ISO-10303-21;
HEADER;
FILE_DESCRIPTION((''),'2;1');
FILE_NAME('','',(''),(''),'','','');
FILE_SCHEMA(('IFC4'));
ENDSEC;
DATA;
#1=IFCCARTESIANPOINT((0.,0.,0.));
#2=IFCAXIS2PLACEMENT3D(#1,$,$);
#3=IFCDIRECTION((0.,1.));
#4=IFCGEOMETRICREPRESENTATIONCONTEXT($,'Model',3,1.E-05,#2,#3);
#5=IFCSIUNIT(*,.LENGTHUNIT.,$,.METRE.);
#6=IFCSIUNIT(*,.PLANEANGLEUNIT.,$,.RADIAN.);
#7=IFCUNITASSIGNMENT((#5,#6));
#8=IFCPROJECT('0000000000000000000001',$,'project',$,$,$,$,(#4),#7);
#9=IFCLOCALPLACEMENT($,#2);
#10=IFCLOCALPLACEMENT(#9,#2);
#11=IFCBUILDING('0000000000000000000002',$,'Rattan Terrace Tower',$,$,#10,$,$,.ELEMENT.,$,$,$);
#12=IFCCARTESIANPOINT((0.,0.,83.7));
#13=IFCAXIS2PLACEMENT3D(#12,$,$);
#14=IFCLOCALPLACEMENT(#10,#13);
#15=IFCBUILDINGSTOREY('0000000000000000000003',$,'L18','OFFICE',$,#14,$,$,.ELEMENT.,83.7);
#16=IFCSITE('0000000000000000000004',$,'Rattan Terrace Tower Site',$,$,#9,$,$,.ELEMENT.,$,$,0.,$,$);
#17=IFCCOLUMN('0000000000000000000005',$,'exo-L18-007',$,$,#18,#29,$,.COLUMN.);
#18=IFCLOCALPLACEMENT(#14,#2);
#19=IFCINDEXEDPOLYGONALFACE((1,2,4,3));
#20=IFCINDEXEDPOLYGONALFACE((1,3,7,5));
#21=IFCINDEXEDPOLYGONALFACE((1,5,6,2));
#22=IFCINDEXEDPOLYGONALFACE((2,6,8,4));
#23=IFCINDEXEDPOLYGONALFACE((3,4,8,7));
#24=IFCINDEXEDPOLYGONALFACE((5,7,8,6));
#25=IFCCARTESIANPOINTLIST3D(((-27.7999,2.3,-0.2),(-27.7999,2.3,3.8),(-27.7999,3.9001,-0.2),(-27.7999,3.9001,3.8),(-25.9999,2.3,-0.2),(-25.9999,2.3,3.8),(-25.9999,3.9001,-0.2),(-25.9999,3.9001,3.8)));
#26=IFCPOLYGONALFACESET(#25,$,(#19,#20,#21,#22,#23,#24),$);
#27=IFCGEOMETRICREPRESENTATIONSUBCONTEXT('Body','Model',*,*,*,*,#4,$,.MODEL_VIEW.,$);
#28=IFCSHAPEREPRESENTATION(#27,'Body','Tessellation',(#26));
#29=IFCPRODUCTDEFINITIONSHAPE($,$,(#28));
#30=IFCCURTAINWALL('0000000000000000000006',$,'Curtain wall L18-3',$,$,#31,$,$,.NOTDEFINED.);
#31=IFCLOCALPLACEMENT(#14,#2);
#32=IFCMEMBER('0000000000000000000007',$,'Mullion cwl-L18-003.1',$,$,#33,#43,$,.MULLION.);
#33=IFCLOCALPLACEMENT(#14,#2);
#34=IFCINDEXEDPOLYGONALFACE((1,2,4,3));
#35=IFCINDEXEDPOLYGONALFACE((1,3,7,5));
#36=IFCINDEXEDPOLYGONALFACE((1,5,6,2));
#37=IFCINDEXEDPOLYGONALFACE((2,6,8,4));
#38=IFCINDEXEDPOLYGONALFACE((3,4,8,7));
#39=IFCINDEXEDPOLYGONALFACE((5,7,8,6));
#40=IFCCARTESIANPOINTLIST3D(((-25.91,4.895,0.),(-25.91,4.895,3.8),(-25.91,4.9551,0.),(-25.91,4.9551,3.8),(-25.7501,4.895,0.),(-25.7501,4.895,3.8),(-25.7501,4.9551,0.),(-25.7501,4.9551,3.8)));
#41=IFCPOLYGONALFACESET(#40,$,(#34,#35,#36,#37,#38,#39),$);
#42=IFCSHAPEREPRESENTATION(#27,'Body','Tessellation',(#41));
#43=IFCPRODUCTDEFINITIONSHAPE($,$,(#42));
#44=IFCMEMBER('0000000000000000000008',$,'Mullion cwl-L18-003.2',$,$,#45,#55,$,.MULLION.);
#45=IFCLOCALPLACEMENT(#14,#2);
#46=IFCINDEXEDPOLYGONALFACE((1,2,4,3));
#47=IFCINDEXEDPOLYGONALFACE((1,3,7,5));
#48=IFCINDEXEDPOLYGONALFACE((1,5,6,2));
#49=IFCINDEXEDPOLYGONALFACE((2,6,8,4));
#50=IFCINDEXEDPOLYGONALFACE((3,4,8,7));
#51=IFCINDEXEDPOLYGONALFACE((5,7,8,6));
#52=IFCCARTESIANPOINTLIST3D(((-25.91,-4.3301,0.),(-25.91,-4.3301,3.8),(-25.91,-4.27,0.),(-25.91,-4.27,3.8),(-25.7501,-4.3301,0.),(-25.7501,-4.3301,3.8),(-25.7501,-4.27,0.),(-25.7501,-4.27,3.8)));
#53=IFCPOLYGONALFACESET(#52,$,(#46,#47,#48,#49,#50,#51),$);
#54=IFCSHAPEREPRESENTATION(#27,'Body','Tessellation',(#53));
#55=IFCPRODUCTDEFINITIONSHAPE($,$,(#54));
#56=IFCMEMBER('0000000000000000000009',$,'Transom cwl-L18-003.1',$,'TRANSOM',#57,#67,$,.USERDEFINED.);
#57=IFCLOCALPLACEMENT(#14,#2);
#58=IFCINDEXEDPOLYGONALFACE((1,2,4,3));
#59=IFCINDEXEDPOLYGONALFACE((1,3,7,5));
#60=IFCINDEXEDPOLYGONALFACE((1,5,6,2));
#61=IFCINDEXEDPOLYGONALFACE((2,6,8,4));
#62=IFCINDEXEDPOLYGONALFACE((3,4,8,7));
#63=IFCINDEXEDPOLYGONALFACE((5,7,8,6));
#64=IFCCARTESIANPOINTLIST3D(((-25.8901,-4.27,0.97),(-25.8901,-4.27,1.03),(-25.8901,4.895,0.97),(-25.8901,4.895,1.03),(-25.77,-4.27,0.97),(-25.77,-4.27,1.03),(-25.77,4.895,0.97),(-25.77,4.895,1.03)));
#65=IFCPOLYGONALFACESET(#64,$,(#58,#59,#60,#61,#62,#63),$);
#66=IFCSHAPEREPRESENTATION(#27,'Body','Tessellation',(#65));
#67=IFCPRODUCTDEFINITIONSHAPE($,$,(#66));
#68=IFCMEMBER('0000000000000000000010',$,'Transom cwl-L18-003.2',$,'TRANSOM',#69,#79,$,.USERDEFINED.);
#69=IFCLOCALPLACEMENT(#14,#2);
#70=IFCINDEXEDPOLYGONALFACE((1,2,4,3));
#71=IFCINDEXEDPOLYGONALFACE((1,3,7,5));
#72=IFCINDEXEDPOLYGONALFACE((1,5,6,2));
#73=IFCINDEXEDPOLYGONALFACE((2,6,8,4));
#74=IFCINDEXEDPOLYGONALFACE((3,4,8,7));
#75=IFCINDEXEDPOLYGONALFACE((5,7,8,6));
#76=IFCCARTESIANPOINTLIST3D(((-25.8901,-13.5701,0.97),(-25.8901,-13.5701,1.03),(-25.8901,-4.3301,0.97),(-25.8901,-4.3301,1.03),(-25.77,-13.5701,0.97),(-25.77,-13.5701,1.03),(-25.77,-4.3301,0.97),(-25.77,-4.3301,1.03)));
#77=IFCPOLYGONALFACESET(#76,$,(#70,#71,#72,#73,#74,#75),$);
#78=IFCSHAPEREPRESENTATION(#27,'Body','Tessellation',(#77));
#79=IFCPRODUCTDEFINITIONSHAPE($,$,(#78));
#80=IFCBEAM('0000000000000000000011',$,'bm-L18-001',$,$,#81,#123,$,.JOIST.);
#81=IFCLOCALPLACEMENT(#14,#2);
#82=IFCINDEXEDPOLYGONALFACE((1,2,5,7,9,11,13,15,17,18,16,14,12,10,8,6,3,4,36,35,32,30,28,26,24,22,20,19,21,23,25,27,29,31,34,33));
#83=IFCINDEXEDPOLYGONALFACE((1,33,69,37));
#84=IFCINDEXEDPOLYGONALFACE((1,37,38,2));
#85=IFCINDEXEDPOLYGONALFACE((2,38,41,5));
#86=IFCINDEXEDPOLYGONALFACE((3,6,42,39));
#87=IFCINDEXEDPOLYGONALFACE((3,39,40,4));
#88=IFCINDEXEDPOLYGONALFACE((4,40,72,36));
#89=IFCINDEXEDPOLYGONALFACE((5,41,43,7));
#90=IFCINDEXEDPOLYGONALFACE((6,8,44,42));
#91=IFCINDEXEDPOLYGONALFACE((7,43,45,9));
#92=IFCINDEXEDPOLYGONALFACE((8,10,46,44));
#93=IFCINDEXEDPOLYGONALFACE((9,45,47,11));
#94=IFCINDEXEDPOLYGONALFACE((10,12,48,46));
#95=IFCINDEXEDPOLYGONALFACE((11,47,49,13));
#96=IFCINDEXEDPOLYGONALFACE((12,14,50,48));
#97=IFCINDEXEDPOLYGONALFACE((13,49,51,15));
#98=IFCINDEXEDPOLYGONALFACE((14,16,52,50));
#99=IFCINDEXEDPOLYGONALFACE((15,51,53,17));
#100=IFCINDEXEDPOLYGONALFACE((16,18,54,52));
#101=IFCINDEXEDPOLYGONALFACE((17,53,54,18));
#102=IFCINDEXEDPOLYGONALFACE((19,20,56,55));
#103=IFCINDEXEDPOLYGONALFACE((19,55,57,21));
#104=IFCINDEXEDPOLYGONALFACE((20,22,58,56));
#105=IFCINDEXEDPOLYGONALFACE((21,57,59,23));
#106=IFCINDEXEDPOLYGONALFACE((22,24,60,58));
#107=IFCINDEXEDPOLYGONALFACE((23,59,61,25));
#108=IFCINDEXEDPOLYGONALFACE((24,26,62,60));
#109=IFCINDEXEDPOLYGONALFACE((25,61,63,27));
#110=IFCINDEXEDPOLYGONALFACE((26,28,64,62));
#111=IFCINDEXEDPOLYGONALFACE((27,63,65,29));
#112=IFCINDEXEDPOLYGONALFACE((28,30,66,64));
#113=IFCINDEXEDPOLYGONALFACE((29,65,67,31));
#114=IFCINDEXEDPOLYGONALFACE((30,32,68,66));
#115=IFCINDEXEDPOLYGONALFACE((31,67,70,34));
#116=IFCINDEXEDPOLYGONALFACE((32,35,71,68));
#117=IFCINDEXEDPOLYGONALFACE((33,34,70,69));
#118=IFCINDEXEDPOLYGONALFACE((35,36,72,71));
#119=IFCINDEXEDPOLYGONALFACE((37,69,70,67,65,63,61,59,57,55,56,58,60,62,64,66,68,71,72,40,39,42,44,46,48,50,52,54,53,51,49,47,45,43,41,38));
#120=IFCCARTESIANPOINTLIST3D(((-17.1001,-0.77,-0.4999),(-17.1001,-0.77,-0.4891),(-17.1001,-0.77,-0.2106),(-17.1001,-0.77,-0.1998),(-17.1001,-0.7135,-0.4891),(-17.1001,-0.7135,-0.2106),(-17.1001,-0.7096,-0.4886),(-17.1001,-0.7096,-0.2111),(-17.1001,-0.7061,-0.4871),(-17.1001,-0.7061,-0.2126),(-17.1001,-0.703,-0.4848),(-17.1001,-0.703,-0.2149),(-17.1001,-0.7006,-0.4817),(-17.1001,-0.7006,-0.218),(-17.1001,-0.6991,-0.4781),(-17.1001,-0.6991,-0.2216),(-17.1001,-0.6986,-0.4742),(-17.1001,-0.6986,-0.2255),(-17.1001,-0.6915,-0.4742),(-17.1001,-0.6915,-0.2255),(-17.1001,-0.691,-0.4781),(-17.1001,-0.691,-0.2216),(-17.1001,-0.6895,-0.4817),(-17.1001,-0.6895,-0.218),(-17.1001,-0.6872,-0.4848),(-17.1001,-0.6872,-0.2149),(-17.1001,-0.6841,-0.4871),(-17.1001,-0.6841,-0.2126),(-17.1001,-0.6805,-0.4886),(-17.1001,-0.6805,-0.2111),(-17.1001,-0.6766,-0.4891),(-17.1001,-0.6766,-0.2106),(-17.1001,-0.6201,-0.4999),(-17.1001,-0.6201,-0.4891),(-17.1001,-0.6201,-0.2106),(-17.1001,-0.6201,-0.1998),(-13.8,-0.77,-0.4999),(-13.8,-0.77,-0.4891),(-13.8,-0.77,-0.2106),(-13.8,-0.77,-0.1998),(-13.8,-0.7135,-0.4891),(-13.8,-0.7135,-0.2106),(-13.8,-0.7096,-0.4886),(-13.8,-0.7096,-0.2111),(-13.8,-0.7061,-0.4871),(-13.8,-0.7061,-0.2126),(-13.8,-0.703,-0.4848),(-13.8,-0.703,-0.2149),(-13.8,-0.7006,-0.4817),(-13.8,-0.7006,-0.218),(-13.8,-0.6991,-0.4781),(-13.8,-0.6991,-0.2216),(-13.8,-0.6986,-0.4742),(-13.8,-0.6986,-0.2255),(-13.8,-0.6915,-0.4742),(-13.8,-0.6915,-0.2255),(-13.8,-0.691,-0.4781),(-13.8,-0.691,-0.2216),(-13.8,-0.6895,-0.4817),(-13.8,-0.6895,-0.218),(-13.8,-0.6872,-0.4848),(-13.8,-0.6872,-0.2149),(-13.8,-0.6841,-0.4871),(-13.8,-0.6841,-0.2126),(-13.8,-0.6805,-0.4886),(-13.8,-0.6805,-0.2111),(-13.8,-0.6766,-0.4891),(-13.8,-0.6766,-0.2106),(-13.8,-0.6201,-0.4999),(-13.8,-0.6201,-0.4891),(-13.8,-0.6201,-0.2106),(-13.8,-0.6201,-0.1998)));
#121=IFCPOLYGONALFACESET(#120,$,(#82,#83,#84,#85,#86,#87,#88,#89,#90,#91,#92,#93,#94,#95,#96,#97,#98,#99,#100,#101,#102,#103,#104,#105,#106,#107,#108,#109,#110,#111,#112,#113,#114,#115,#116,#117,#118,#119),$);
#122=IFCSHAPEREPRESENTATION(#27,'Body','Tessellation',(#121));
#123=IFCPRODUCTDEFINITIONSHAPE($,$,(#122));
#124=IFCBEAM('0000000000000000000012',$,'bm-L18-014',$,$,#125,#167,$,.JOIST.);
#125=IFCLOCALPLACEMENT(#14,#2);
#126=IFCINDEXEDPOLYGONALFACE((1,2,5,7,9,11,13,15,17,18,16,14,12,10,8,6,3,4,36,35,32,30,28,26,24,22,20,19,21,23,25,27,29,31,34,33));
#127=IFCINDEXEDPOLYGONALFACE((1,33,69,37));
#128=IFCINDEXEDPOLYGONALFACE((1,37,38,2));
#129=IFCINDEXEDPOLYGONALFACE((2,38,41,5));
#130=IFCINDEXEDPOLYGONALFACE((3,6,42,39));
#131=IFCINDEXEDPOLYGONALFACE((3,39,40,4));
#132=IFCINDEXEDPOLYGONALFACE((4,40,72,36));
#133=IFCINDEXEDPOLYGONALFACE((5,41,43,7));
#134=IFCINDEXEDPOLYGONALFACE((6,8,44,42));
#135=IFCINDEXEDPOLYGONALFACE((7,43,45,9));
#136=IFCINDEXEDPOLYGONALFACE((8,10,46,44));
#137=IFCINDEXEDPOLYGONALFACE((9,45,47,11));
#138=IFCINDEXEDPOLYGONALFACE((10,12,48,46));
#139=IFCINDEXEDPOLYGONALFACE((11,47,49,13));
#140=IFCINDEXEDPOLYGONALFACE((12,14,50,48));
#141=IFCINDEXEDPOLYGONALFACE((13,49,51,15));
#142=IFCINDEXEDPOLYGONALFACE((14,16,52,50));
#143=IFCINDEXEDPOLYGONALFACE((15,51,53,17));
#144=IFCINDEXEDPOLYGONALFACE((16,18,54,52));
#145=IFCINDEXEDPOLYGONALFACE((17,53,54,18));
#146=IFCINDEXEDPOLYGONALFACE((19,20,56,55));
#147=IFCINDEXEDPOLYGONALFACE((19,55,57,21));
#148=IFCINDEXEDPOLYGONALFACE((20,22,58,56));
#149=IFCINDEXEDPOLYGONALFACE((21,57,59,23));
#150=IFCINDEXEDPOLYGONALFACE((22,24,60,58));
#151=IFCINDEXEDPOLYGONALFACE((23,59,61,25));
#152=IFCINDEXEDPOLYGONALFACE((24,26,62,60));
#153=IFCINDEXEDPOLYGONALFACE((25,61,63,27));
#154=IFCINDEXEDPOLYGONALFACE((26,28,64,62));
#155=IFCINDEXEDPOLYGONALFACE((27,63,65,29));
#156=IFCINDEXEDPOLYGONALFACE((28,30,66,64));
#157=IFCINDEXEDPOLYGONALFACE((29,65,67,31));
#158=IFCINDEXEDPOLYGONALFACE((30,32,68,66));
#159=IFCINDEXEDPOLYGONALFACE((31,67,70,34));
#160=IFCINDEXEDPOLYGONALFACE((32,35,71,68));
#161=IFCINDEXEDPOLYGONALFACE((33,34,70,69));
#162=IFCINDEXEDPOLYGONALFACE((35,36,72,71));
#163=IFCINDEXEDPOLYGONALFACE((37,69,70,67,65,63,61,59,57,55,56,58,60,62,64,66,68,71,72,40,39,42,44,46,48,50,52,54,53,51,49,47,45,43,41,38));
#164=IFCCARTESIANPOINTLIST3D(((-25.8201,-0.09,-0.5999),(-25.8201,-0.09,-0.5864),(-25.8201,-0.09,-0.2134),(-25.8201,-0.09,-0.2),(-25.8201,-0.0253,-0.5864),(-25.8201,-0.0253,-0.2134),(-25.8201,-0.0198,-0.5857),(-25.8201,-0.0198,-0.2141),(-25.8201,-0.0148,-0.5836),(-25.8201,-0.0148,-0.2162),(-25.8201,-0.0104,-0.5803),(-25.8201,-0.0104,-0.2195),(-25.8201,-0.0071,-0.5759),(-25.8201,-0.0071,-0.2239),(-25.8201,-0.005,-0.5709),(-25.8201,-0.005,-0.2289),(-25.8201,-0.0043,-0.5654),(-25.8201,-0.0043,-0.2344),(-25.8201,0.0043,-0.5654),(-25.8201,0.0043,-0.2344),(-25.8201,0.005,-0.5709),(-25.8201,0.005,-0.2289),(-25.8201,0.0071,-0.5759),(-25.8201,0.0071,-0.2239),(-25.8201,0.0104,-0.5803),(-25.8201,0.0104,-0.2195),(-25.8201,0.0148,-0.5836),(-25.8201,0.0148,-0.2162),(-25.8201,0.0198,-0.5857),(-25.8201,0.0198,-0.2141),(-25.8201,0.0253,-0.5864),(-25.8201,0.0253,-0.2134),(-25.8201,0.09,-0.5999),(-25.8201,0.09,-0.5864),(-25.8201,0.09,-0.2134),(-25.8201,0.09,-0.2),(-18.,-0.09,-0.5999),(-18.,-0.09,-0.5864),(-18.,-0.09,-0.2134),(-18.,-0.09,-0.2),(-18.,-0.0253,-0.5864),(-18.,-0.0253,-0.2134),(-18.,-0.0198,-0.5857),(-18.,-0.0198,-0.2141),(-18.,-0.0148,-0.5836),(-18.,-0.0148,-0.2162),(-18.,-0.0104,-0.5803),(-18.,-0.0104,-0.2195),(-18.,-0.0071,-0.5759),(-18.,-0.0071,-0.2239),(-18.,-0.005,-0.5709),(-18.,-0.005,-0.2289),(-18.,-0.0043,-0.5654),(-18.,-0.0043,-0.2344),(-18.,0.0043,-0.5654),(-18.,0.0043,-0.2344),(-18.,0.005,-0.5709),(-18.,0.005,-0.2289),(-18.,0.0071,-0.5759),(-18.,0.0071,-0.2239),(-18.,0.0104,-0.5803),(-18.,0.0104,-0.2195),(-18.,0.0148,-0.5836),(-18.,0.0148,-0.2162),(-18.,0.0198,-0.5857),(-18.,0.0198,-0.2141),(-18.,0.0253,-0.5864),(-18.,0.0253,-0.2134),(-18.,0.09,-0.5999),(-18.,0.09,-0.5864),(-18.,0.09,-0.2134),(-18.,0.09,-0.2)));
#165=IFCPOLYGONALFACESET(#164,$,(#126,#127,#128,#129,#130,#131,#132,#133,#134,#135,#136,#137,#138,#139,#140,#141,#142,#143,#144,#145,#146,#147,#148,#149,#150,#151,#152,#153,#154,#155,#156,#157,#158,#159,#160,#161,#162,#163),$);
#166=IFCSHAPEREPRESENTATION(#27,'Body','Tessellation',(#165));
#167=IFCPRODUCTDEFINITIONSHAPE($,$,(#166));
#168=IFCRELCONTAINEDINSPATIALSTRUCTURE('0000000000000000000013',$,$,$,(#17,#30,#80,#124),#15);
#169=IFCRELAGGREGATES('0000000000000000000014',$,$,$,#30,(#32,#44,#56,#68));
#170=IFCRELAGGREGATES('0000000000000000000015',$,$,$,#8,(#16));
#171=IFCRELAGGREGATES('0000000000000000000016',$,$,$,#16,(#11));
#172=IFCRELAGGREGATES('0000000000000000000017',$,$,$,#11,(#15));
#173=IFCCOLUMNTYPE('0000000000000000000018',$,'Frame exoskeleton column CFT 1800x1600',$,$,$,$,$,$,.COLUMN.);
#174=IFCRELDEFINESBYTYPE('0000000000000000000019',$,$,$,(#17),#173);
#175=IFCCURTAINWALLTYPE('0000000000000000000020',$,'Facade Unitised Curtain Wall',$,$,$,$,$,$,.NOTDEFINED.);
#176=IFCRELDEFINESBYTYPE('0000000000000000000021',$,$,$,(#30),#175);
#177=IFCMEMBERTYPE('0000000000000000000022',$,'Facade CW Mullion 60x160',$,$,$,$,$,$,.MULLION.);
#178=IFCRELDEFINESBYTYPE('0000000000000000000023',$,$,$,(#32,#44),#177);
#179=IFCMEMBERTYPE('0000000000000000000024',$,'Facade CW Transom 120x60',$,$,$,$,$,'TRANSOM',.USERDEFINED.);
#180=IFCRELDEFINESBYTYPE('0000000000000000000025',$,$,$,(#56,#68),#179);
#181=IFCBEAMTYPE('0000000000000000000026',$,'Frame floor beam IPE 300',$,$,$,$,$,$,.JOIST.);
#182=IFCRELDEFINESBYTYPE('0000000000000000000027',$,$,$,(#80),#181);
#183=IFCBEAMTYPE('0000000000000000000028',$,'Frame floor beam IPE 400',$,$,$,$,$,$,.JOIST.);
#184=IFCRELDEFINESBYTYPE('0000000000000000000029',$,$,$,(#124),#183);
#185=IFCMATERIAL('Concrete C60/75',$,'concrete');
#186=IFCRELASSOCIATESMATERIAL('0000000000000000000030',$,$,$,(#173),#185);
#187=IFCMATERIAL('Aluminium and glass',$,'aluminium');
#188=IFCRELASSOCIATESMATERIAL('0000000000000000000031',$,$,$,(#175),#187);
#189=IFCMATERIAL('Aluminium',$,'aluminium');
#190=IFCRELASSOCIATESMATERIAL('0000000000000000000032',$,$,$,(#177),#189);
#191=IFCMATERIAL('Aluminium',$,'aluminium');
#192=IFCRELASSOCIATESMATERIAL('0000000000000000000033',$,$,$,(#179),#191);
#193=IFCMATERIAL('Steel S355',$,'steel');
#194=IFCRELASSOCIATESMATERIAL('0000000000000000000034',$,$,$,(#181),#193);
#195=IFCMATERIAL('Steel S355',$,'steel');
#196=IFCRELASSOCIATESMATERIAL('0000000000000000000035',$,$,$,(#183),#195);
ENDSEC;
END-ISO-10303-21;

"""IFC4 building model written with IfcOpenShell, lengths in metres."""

from ifc_helpers import new_model, si_unit, direction, frame, origin, origin_2d, place, context, subcontext, project, spatial, rectangle, i_section, extrude, material, material_profile, profile_set, type_object, element, aggregate, save


model = new_model("IFC4")

# Units and contexts
model_context = context("Model", 3, precision=1e-05, world=origin(), true_north=direction((0.0, 1.0)))
body_context = subcontext(model_context, "Body", "Model", "MODEL_VIEW")
ifc_project = project(units=[si_unit("LENGTHUNIT", "METRE"), si_unit("PLANEANGLEUNIT", "RADIAN")], contexts=[model_context])

# Site, building, storey
site_placement = place(None, origin())
site = spatial("IfcSite", under=ifc_project, at=site_placement, Name="Rattan Terrace Tower Site", CompositionType="ELEMENT", RefElevation=0.0)
building_placement = place(site_placement, origin())
building = spatial("IfcBuilding", under=site, at=building_placement, Name="Rattan Terrace Tower", CompositionType="ELEMENT")
storey_placement = place(building_placement, frame((0.0, 0.0, 83.7)))
storey = spatial("IfcBuildingStorey", under=building, at=storey_placement, Name="L18", Description="OFFICE", CompositionType="ELEMENT", Elevation=83.7)

# Column
ifc_material_1 = material(Name="Concrete C60/75", Category="concrete")
ifc_material_profile_1 = material_profile(ifc_material_1, rectangle(XDim=1.6001, YDim=1.8, at=origin_2d()), Name="CFT 1800x1600")
ifc_profile_set_1 = profile_set([ifc_material_profile_1], Name="Concrete C60/75")
column_type = type_object("IfcColumnType", Name="Frame exoskeleton column CFT 1800x1600", PredefinedType="COLUMN", material=ifc_profile_set_1)
column_placement = place(storey_placement, frame((-26.8999, 3.1001, -0.2), z_axis=(0.0, 0.0, 1.0), x_axis=(0.0, 1.0, 0.0)))
element("IfcColumn", 1, at=column_placement, inside=storey, type_object=column_type, Name="exo-L18-007", PredefinedType="COLUMN", context=body_context, shape_type="SweptSolid", body=[
    extrude(rectangle(XDim=1.6001, YDim=1.8, at=origin_2d()), origin(), (0.0, 0.0, 1.0), 4.0),
])

# Curtain wall, members
ifc_material_2 = material(Name="Aluminium and glass", Category="aluminium")
curtain_wall_type = type_object("IfcCurtainWallType", Name="Facade Unitised Curtain Wall", PredefinedType="NOTDEFINED", material=ifc_material_2)
curtain_wall_placement = place(storey_placement, origin())
curtain_wall = element("IfcCurtainWall", 2, at=curtain_wall_placement, inside=storey, type_object=curtain_wall_type, Name="Curtain wall L18-3", PredefinedType="NOTDEFINED")
ifc_material_3 = material(Name="Aluminium", Category="aluminium")
ifc_material_profile_2 = material_profile(ifc_material_3, rectangle(XDim=0.0601, YDim=0.1599, at=origin_2d()), Name="Aluminium 60x160")
ifc_profile_set_2 = profile_set([ifc_material_profile_2], Name="Aluminium")
member_type_1 = type_object("IfcMemberType", Name="Facade CW Mullion 60x160", PredefinedType="MULLION", material=ifc_profile_set_2)
member_1_placement = place(storey_placement, frame((-25.8301, 4.925, 0.0), z_axis=(0.0, 0.0, 1.0), x_axis=(0.0, -1.0, 0.0)))
member_1 = element("IfcMember", 3, at=member_1_placement, type_object=member_type_1, Name="Mullion cwl-L18-003.1", PredefinedType="MULLION", context=body_context, shape_type="SweptSolid", body=[
    extrude(rectangle(XDim=0.0601, YDim=0.1599, at=origin_2d()), origin(), (0.0, 0.0, 1.0), 3.8),
])
member_2_placement = place(storey_placement, frame((-25.8301, -4.3, 0.0), z_axis=(0.0, 0.0, 1.0), x_axis=(0.0, -1.0, 0.0)))
member_2 = element("IfcMember", 4, at=member_2_placement, type_object=member_type_1, Name="Mullion cwl-L18-003.2", PredefinedType="MULLION", context=body_context, shape_type="SweptSolid", body=[
    extrude(rectangle(XDim=0.0601, YDim=0.1599, at=origin_2d()), origin(), (0.0, 0.0, 1.0), 3.8),
])
ifc_material_4 = material(Name="Aluminium", Category="aluminium")
ifc_material_profile_3 = material_profile(ifc_material_4, rectangle(XDim=0.1201, YDim=0.0601, at=origin_2d()), Name="Aluminium 120x60")
ifc_profile_set_3 = profile_set([ifc_material_profile_3], Name="Aluminium")
member_type_2 = type_object("IfcMemberType", Name="Facade CW Transom 120x60", ElementType="TRANSOM", PredefinedType="USERDEFINED", material=ifc_profile_set_3)
member_3_placement = place(storey_placement, frame((-25.8301, 4.895, 1.0), z_axis=(0.0, -1.0, 0.0), x_axis=(1.0, 0.0, 0.0)))
member_3 = element("IfcMember", 5, at=member_3_placement, type_object=member_type_2, Name="Transom cwl-L18-003.1", ObjectType="TRANSOM", PredefinedType="USERDEFINED", context=body_context, shape_type="SweptSolid", body=[
    extrude(rectangle(XDim=0.1201, YDim=0.0601, at=origin_2d()), origin(), (0.0, 0.0, 1.0), 9.165),
])
member_4_placement = place(storey_placement, frame((-25.8301, -4.3301, 1.0), z_axis=(0.0, -1.0, 0.0), x_axis=(1.0, 0.0, 0.0)))
member_4 = element("IfcMember", 6, at=member_4_placement, type_object=member_type_2, Name="Transom cwl-L18-003.2", ObjectType="TRANSOM", PredefinedType="USERDEFINED", context=body_context, shape_type="SweptSolid", body=[
    extrude(rectangle(XDim=0.1201, YDim=0.0601, at=origin_2d()), origin(), (0.0, 0.0, 1.0), 9.24),
])

# Beams
ifc_material_5 = material(Name="Steel S355", Category="steel")
ifc_material_profile_4 = material_profile(ifc_material_5, i_section(OverallWidth=0.1499, OverallDepth=0.3, WebThickness=0.0071, FlangeThickness=0.0107, FilletRadius=0.0149, at=origin_2d()), Name="IPE 300")
ifc_profile_set_4 = profile_set([ifc_material_profile_4], Name="Steel S355")
beam_type_1 = type_object("IfcBeamType", Name="Frame floor beam IPE 300", PredefinedType="JOIST", material=ifc_profile_set_4)
beam_placement = place(storey_placement, frame((-17.1001, -0.6951, -0.3499), z_axis=(1.0, 0.0, 0.0), x_axis=(0.0, 1.0, 0.0)))
element("IfcBeam", 7, at=beam_placement, inside=storey, type_object=beam_type_1, Name="bm-L18-001", PredefinedType="JOIST", context=body_context, shape_type="SweptSolid", body=[
    extrude(i_section(OverallWidth=0.1499, OverallDepth=0.3, WebThickness=0.0071, FlangeThickness=0.0107, FilletRadius=0.0149, at=origin_2d()), origin(), (0.0, 0.0, 1.0), 3.3),
])
ifc_material_6 = material(Name="Steel S355", Category="steel")
ifc_material_profile_5 = material_profile(ifc_material_6, i_section(OverallWidth=0.1799, OverallDepth=0.3999, WebThickness=0.0085, FlangeThickness=0.0134, FilletRadius=0.021, at=origin_2d()), Name="IPE 400")
ifc_profile_set_5 = profile_set([ifc_material_profile_5], Name="Steel S355")
beam_type_2 = type_object("IfcBeamType", Name="Frame floor beam IPE 400", PredefinedType="JOIST", material=ifc_profile_set_5)
for number, where, z_axis, x_axis, name in (
    (8, (-25.8201, 0.0, -0.3999), (1.0, 0.0, 0.0), (0.0, 1.0, 0.0), "bm-L18-014"),
):
    element("IfcBeam", number, at=place(storey_placement, frame(where, z_axis=z_axis, x_axis=x_axis)), inside=storey, type_object=beam_type_2, Name=name, PredefinedType="JOIST", context=body_context, shape_type="SweptSolid", body=[
        extrude(i_section(OverallWidth=0.1799, OverallDepth=0.3999, WebThickness=0.0085, FlangeThickness=0.0134, FilletRadius=0.021, at=origin_2d()), origin(), (0.0, 0.0, 1.0), 7.8201),
    ])

aggregate(curtain_wall, [member_1, member_2, member_3, member_4])

save(model, "model.ifc")
